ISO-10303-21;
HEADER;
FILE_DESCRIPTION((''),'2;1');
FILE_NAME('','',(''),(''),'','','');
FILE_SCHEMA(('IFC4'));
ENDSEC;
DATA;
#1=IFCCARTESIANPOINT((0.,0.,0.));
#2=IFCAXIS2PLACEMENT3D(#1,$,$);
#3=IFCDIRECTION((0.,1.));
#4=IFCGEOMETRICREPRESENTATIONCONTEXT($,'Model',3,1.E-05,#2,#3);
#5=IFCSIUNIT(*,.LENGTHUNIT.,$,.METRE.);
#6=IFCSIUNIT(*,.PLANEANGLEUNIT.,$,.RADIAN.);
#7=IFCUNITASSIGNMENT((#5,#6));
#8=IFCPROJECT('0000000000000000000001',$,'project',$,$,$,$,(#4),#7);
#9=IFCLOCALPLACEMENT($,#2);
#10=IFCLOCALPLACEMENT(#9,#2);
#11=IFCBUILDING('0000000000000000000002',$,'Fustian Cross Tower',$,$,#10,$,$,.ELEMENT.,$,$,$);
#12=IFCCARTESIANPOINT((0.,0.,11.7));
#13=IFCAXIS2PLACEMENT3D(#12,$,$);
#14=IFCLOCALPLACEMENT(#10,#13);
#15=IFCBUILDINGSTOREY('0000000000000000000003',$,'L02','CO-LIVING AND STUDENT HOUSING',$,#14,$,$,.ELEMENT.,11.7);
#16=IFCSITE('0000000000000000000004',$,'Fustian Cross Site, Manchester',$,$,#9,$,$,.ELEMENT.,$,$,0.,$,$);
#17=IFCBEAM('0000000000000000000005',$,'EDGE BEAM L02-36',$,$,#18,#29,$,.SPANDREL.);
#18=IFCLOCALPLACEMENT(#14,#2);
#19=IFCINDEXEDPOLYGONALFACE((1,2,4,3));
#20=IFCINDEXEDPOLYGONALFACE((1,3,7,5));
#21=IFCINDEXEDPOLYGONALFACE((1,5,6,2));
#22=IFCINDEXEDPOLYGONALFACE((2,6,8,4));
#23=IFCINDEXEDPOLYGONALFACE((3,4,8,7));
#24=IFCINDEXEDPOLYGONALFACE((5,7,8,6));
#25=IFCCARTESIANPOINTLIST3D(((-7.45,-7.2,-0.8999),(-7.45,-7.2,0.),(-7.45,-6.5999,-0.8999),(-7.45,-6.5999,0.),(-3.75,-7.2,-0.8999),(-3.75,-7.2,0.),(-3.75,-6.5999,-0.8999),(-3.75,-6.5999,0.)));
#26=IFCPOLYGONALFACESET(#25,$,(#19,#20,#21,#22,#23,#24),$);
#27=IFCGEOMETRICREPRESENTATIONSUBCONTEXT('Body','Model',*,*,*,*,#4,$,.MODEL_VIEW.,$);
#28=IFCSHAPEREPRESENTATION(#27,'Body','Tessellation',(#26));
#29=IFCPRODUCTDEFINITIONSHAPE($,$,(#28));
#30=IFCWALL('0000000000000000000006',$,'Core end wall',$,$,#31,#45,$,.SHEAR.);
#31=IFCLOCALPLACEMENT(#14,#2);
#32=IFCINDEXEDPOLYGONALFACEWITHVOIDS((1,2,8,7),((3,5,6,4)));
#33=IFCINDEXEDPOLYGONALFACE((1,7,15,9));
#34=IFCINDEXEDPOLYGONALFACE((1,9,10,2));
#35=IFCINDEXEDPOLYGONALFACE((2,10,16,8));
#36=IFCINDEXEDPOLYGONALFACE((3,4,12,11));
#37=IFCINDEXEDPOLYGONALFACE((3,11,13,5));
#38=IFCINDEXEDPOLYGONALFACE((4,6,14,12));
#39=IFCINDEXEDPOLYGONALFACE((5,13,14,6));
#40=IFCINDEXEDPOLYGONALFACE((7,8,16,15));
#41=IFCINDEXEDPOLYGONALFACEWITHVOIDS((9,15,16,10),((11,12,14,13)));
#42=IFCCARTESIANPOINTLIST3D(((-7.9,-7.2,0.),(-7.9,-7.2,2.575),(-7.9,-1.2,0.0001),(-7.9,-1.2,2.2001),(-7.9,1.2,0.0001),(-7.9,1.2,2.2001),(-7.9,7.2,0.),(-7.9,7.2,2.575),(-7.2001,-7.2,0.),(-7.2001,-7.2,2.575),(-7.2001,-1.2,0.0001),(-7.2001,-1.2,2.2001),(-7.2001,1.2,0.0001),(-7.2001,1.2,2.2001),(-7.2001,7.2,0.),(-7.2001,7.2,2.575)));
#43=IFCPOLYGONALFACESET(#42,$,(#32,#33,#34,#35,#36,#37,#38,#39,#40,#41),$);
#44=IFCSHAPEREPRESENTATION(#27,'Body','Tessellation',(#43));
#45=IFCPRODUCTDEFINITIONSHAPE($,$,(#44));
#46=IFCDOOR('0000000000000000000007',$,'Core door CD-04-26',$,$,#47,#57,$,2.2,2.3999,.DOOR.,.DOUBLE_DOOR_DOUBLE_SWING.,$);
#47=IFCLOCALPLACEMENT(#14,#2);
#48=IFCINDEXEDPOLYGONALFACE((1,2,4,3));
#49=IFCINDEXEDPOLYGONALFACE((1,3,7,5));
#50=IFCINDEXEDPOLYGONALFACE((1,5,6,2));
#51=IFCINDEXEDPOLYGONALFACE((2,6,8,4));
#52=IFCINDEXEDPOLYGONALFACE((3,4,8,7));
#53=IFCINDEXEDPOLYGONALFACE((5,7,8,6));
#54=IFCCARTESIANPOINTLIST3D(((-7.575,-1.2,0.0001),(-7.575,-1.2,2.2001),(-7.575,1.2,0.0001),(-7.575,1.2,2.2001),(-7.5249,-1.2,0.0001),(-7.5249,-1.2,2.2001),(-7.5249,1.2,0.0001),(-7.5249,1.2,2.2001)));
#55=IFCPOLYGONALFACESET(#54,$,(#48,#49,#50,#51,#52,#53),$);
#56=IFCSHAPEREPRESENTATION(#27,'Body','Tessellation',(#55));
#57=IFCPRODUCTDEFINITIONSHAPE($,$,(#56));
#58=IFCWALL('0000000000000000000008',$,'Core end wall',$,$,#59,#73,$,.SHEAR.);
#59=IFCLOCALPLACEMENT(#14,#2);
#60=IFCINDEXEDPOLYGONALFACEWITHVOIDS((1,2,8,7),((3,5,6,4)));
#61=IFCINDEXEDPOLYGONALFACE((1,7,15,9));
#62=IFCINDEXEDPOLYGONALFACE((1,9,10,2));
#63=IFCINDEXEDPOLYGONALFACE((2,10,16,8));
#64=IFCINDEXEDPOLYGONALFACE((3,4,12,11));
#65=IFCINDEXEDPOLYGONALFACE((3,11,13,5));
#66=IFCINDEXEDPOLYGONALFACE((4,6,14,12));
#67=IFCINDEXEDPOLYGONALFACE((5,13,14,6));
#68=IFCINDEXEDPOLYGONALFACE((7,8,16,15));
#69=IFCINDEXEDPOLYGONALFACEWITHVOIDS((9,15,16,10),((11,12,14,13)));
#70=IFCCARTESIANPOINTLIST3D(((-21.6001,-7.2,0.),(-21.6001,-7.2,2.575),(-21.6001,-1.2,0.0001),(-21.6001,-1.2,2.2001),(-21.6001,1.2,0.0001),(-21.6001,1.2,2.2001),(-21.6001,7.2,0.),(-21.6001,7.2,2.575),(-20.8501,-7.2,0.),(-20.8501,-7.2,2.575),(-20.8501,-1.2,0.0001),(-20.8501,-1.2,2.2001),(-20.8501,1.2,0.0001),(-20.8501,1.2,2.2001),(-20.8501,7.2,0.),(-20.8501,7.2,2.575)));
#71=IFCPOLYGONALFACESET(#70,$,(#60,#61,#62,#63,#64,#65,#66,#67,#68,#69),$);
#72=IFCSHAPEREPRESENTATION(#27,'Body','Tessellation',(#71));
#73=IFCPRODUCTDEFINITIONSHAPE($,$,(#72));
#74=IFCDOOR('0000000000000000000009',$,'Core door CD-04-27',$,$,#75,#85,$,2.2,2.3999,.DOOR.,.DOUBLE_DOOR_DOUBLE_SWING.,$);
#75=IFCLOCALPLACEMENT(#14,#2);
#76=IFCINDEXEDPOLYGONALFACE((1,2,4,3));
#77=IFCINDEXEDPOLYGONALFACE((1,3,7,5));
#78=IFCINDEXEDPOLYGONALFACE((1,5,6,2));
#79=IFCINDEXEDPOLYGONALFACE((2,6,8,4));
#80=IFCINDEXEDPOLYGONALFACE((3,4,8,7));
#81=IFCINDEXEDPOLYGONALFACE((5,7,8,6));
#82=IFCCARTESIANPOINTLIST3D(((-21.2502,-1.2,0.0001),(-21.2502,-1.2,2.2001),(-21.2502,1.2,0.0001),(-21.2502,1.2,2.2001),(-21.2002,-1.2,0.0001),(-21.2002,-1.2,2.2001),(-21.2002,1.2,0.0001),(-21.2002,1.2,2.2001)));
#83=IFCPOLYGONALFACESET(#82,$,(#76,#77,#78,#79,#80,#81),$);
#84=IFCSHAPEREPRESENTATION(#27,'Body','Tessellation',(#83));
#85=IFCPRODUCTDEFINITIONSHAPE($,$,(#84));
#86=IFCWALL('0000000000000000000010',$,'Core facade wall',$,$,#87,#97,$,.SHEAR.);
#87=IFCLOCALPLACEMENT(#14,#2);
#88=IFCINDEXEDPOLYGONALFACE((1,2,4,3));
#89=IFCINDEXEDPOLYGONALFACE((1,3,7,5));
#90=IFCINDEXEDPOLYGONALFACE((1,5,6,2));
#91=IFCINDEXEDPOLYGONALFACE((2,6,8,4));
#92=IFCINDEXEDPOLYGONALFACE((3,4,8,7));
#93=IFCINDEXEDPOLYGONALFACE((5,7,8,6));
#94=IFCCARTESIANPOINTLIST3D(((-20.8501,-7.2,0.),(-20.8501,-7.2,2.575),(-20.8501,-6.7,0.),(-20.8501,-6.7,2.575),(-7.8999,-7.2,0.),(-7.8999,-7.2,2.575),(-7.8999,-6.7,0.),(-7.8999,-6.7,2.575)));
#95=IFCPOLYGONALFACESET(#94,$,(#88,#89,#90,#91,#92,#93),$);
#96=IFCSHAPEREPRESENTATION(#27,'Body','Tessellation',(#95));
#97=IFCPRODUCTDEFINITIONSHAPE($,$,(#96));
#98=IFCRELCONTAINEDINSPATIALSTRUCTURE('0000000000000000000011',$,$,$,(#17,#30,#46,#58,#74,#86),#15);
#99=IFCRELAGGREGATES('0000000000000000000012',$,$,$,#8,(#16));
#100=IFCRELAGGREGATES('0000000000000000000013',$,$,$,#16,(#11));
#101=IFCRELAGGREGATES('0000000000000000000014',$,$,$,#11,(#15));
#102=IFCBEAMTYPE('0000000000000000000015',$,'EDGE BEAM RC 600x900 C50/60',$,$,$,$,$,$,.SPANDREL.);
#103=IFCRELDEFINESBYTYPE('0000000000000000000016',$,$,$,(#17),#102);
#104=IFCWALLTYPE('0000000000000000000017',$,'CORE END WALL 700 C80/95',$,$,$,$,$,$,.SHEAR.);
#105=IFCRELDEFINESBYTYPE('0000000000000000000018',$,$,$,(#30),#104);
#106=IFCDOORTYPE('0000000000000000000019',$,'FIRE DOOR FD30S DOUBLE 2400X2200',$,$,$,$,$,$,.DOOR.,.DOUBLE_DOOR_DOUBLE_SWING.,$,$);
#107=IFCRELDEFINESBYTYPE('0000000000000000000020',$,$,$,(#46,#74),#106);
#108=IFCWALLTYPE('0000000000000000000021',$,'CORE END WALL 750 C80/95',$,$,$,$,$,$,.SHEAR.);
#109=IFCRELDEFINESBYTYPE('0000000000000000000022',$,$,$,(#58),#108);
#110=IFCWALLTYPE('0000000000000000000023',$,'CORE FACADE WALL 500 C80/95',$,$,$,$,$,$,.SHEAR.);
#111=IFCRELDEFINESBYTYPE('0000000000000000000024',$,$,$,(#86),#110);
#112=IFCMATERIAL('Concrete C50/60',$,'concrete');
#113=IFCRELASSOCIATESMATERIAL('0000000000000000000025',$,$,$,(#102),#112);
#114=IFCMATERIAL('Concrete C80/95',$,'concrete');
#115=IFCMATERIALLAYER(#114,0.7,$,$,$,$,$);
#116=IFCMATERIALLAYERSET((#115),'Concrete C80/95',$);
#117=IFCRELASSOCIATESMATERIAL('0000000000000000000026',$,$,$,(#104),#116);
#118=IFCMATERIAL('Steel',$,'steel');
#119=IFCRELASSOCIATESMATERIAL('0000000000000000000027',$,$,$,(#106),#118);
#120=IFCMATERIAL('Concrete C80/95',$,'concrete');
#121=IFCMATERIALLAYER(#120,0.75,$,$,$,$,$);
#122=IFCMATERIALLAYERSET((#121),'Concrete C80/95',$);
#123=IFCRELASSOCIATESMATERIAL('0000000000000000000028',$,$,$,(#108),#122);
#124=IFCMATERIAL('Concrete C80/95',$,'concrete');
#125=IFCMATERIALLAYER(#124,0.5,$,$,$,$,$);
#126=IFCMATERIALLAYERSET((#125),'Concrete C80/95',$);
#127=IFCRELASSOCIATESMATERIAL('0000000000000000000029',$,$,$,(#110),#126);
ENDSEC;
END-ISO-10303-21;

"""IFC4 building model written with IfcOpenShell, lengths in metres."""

from ifc_helpers import new_model, si_unit, direction, frame, frame_2d, origin, origin_2d, place, context, subcontext, project, spatial, rectangle, extrude, material, layer, layer_set, material_profile, profile_set, type_object, element, fill, save


model = new_model("IFC4")

# Units and contexts
model_context = context("Model", 3, precision=1e-05, world=origin(), true_north=direction((0.0, 1.0)))
body_context = subcontext(model_context, "Body", "Model", "MODEL_VIEW")
ifc_project = project(units=[si_unit("LENGTHUNIT", "METRE"), si_unit("PLANEANGLEUNIT", "RADIAN")], contexts=[model_context])

# Site, building, storey
site_placement = place(None, origin())
site = spatial("IfcSite", under=ifc_project, at=site_placement, Name="Fustian Cross Site, Manchester", CompositionType="ELEMENT", RefElevation=0.0)
building_placement = place(site_placement, origin())
building = spatial("IfcBuilding", under=site, at=building_placement, Name="Fustian Cross Tower", CompositionType="ELEMENT")
storey_placement = place(building_placement, frame((0.0, 0.0, 11.7)))
storey = spatial("IfcBuildingStorey", under=building, at=storey_placement, Name="L02", Description="CO-LIVING AND STUDENT HOUSING", CompositionType="ELEMENT", Elevation=11.7)

# Beam
ifc_material_1 = material(Name="Concrete C50/60", Category="concrete")
ifc_material_profile = material_profile(ifc_material_1, rectangle(XDim=0.6001, YDim=0.8999, at=origin_2d()), Name="RC 600x900")
ifc_profile_set = profile_set([ifc_material_profile], Name="Concrete C50/60")
beam_type = type_object("IfcBeamType", Name="EDGE BEAM RC 600x900 C50/60", PredefinedType="SPANDREL", material=ifc_profile_set)
beam_placement = place(storey_placement, frame((-7.45, -6.8999, -0.45), z_axis=(1.0, 0.0, 0.0), x_axis=(0.0, 1.0, 0.0)))
element("IfcBeam", 1, at=beam_placement, inside=storey, type_object=beam_type, Name="EDGE BEAM L02-36", PredefinedType="SPANDREL", context=body_context, shape_type="SweptSolid", body=[
    extrude(rectangle(XDim=0.6001, YDim=0.8999, at=origin_2d()), origin(), (0.0, 0.0, 1.0), 3.7),
])

# Walls, openings, doors
ifc_material_2 = material(Name="Concrete C80/95", Category="concrete")
ifc_layer_1 = layer(ifc_material_2, 0.7)
ifc_layer_set_1 = layer_set([ifc_layer_1], Name="Concrete C80/95")
wall_type_1 = type_object("IfcWallType", Name="CORE END WALL 700 C80/95", PredefinedType="SHEAR", material=ifc_layer_set_1)
wall_1_placement = place(storey_placement, frame((-7.55, -7.2, 0.0), z_axis=(0.0, 0.0, 1.0), x_axis=(0.0, 1.0, 0.0)))
wall_1 = element("IfcWall", 2, at=wall_1_placement, inside=storey, type_object=wall_type_1, Name="Core end wall", PredefinedType="SHEAR", context=body_context, shape_type="SweptSolid", body=[
    extrude(rectangle(XDim=14.3999, YDim=0.7, at=frame_2d((7.2, 0.0))), origin(), (0.0, 0.0, 1.0), 2.575),
])
opening_1_placement = place(wall_1_placement, frame((6.0, 0.0, 0.0)))
opening_1 = element("IfcOpeningElement", 3, at=opening_1_placement, cuts=wall_1, PredefinedType="OPENING", context=body_context, shape_type="SweptSolid", body=[
    extrude(rectangle(XDim=2.3999, YDim=2.2, at=frame_2d((1.2, 1.1001))), frame((0.0, 0.3599, 0.0), z_axis=(0.0, -1.0, 0.0), x_axis=(1.0, 0.0, 0.0)), (0.0, 0.0, 1.0), 0.72),
])
ifc_material_3 = material(Name="Steel", Category="steel")
door_type_1 = type_object("IfcDoorType", Name="FIRE DOOR FD30S DOUBLE 2400X2200", OperationType="DOUBLE_DOOR_DOUBLE_SWING", PredefinedType="DOOR", material=ifc_material_3)
door_1_placement = place(opening_1_placement, origin())
door_1 = element("IfcDoor", 4, at=door_1_placement, inside=storey, type_object=door_type_1, Name="Core door CD-04-26", OperationType="DOUBLE_DOOR_DOUBLE_SWING", OverallHeight=2.2, OverallWidth=2.3999, PredefinedType="DOOR", context=body_context, shape_type="SweptSolid", body=[
    extrude(rectangle(XDim=2.3999, YDim=2.2, at=frame_2d((1.2, 1.1001))), frame((0.0, 0.0249, 0.0), z_axis=(0.0, -1.0, 0.0), x_axis=(1.0, 0.0, 0.0)), (0.0, 0.0, 1.0), 0.05),
])
fill(opening_1, door_1)
ifc_material_4 = material(Name="Concrete C80/95", Category="concrete")
ifc_layer_2 = layer(ifc_material_4, 0.75)
ifc_layer_set_2 = layer_set([ifc_layer_2], Name="Concrete C80/95")
wall_type_2 = type_object("IfcWallType", Name="CORE END WALL 750 C80/95", PredefinedType="SHEAR", material=ifc_layer_set_2)
wall_2_placement = place(storey_placement, frame((-21.2251, -7.2, 0.0), z_axis=(0.0, 0.0, 1.0), x_axis=(0.0, 1.0, 0.0)))
wall_2 = element("IfcWall", 5, at=wall_2_placement, inside=storey, type_object=wall_type_2, Name="Core end wall", PredefinedType="SHEAR", context=body_context, shape_type="SweptSolid", body=[
    extrude(rectangle(XDim=14.3999, YDim=0.75, at=frame_2d((7.2, 0.0))), origin(), (0.0, 0.0, 1.0), 2.575),
])
opening_2_placement = place(wall_2_placement, frame((6.0, 0.0, 0.0)))
opening_2 = element("IfcOpeningElement", 6, at=opening_2_placement, cuts=wall_2, PredefinedType="OPENING", context=body_context, shape_type="SweptSolid", body=[
    extrude(rectangle(XDim=2.3999, YDim=2.2, at=frame_2d((1.2, 1.1001))), frame((0.0, 0.385, 0.0), z_axis=(0.0, -1.0, 0.0), x_axis=(1.0, 0.0, 0.0)), (0.0, 0.0, 1.0), 0.77),
])
door_2_placement = place(opening_2_placement, frame((2.3999, 0.0, 0.0), z_axis=(0.0, 0.0, 1.0), x_axis=(-1.0, 0.0, 0.0)))
door_2 = element("IfcDoor", 7, at=door_2_placement, inside=storey, type_object=door_type_1, Name="Core door CD-04-27", OperationType="DOUBLE_DOOR_DOUBLE_SWING", OverallHeight=2.2, OverallWidth=2.3999, PredefinedType="DOOR", context=body_context, shape_type="SweptSolid", body=[
    extrude(rectangle(XDim=2.3999, YDim=2.2, at=frame_2d((1.2, 1.1001))), frame((0.0, 0.0249, 0.0), z_axis=(0.0, -1.0, 0.0), x_axis=(1.0, 0.0, 0.0)), (0.0, 0.0, 1.0), 0.05),
])
fill(opening_2, door_2)

# Wall
ifc_material_5 = material(Name="Concrete C80/95", Category="concrete")
ifc_layer_3 = layer(ifc_material_5, 0.5)
ifc_layer_set_3 = layer_set([ifc_layer_3], Name="Concrete C80/95")
wall_type_3 = type_object("IfcWallType", Name="CORE FACADE WALL 500 C80/95", PredefinedType="SHEAR", material=ifc_layer_set_3)
wall_3_placement = place(storey_placement, frame((-7.8999, -6.95, 0.0), z_axis=(0.0, 0.0, 1.0), x_axis=(-1.0, 0.0, 0.0)))
element("IfcWall", 8, at=wall_3_placement, inside=storey, type_object=wall_type_3, Name="Core facade wall", PredefinedType="SHEAR", context=body_context, shape_type="SweptSolid", body=[
    extrude(rectangle(XDim=12.9502, YDim=0.5, at=frame_2d((6.4751, 0.0))), origin(), (0.0, 0.0, 1.0), 2.575),
])

save(model, "model.ifc")
